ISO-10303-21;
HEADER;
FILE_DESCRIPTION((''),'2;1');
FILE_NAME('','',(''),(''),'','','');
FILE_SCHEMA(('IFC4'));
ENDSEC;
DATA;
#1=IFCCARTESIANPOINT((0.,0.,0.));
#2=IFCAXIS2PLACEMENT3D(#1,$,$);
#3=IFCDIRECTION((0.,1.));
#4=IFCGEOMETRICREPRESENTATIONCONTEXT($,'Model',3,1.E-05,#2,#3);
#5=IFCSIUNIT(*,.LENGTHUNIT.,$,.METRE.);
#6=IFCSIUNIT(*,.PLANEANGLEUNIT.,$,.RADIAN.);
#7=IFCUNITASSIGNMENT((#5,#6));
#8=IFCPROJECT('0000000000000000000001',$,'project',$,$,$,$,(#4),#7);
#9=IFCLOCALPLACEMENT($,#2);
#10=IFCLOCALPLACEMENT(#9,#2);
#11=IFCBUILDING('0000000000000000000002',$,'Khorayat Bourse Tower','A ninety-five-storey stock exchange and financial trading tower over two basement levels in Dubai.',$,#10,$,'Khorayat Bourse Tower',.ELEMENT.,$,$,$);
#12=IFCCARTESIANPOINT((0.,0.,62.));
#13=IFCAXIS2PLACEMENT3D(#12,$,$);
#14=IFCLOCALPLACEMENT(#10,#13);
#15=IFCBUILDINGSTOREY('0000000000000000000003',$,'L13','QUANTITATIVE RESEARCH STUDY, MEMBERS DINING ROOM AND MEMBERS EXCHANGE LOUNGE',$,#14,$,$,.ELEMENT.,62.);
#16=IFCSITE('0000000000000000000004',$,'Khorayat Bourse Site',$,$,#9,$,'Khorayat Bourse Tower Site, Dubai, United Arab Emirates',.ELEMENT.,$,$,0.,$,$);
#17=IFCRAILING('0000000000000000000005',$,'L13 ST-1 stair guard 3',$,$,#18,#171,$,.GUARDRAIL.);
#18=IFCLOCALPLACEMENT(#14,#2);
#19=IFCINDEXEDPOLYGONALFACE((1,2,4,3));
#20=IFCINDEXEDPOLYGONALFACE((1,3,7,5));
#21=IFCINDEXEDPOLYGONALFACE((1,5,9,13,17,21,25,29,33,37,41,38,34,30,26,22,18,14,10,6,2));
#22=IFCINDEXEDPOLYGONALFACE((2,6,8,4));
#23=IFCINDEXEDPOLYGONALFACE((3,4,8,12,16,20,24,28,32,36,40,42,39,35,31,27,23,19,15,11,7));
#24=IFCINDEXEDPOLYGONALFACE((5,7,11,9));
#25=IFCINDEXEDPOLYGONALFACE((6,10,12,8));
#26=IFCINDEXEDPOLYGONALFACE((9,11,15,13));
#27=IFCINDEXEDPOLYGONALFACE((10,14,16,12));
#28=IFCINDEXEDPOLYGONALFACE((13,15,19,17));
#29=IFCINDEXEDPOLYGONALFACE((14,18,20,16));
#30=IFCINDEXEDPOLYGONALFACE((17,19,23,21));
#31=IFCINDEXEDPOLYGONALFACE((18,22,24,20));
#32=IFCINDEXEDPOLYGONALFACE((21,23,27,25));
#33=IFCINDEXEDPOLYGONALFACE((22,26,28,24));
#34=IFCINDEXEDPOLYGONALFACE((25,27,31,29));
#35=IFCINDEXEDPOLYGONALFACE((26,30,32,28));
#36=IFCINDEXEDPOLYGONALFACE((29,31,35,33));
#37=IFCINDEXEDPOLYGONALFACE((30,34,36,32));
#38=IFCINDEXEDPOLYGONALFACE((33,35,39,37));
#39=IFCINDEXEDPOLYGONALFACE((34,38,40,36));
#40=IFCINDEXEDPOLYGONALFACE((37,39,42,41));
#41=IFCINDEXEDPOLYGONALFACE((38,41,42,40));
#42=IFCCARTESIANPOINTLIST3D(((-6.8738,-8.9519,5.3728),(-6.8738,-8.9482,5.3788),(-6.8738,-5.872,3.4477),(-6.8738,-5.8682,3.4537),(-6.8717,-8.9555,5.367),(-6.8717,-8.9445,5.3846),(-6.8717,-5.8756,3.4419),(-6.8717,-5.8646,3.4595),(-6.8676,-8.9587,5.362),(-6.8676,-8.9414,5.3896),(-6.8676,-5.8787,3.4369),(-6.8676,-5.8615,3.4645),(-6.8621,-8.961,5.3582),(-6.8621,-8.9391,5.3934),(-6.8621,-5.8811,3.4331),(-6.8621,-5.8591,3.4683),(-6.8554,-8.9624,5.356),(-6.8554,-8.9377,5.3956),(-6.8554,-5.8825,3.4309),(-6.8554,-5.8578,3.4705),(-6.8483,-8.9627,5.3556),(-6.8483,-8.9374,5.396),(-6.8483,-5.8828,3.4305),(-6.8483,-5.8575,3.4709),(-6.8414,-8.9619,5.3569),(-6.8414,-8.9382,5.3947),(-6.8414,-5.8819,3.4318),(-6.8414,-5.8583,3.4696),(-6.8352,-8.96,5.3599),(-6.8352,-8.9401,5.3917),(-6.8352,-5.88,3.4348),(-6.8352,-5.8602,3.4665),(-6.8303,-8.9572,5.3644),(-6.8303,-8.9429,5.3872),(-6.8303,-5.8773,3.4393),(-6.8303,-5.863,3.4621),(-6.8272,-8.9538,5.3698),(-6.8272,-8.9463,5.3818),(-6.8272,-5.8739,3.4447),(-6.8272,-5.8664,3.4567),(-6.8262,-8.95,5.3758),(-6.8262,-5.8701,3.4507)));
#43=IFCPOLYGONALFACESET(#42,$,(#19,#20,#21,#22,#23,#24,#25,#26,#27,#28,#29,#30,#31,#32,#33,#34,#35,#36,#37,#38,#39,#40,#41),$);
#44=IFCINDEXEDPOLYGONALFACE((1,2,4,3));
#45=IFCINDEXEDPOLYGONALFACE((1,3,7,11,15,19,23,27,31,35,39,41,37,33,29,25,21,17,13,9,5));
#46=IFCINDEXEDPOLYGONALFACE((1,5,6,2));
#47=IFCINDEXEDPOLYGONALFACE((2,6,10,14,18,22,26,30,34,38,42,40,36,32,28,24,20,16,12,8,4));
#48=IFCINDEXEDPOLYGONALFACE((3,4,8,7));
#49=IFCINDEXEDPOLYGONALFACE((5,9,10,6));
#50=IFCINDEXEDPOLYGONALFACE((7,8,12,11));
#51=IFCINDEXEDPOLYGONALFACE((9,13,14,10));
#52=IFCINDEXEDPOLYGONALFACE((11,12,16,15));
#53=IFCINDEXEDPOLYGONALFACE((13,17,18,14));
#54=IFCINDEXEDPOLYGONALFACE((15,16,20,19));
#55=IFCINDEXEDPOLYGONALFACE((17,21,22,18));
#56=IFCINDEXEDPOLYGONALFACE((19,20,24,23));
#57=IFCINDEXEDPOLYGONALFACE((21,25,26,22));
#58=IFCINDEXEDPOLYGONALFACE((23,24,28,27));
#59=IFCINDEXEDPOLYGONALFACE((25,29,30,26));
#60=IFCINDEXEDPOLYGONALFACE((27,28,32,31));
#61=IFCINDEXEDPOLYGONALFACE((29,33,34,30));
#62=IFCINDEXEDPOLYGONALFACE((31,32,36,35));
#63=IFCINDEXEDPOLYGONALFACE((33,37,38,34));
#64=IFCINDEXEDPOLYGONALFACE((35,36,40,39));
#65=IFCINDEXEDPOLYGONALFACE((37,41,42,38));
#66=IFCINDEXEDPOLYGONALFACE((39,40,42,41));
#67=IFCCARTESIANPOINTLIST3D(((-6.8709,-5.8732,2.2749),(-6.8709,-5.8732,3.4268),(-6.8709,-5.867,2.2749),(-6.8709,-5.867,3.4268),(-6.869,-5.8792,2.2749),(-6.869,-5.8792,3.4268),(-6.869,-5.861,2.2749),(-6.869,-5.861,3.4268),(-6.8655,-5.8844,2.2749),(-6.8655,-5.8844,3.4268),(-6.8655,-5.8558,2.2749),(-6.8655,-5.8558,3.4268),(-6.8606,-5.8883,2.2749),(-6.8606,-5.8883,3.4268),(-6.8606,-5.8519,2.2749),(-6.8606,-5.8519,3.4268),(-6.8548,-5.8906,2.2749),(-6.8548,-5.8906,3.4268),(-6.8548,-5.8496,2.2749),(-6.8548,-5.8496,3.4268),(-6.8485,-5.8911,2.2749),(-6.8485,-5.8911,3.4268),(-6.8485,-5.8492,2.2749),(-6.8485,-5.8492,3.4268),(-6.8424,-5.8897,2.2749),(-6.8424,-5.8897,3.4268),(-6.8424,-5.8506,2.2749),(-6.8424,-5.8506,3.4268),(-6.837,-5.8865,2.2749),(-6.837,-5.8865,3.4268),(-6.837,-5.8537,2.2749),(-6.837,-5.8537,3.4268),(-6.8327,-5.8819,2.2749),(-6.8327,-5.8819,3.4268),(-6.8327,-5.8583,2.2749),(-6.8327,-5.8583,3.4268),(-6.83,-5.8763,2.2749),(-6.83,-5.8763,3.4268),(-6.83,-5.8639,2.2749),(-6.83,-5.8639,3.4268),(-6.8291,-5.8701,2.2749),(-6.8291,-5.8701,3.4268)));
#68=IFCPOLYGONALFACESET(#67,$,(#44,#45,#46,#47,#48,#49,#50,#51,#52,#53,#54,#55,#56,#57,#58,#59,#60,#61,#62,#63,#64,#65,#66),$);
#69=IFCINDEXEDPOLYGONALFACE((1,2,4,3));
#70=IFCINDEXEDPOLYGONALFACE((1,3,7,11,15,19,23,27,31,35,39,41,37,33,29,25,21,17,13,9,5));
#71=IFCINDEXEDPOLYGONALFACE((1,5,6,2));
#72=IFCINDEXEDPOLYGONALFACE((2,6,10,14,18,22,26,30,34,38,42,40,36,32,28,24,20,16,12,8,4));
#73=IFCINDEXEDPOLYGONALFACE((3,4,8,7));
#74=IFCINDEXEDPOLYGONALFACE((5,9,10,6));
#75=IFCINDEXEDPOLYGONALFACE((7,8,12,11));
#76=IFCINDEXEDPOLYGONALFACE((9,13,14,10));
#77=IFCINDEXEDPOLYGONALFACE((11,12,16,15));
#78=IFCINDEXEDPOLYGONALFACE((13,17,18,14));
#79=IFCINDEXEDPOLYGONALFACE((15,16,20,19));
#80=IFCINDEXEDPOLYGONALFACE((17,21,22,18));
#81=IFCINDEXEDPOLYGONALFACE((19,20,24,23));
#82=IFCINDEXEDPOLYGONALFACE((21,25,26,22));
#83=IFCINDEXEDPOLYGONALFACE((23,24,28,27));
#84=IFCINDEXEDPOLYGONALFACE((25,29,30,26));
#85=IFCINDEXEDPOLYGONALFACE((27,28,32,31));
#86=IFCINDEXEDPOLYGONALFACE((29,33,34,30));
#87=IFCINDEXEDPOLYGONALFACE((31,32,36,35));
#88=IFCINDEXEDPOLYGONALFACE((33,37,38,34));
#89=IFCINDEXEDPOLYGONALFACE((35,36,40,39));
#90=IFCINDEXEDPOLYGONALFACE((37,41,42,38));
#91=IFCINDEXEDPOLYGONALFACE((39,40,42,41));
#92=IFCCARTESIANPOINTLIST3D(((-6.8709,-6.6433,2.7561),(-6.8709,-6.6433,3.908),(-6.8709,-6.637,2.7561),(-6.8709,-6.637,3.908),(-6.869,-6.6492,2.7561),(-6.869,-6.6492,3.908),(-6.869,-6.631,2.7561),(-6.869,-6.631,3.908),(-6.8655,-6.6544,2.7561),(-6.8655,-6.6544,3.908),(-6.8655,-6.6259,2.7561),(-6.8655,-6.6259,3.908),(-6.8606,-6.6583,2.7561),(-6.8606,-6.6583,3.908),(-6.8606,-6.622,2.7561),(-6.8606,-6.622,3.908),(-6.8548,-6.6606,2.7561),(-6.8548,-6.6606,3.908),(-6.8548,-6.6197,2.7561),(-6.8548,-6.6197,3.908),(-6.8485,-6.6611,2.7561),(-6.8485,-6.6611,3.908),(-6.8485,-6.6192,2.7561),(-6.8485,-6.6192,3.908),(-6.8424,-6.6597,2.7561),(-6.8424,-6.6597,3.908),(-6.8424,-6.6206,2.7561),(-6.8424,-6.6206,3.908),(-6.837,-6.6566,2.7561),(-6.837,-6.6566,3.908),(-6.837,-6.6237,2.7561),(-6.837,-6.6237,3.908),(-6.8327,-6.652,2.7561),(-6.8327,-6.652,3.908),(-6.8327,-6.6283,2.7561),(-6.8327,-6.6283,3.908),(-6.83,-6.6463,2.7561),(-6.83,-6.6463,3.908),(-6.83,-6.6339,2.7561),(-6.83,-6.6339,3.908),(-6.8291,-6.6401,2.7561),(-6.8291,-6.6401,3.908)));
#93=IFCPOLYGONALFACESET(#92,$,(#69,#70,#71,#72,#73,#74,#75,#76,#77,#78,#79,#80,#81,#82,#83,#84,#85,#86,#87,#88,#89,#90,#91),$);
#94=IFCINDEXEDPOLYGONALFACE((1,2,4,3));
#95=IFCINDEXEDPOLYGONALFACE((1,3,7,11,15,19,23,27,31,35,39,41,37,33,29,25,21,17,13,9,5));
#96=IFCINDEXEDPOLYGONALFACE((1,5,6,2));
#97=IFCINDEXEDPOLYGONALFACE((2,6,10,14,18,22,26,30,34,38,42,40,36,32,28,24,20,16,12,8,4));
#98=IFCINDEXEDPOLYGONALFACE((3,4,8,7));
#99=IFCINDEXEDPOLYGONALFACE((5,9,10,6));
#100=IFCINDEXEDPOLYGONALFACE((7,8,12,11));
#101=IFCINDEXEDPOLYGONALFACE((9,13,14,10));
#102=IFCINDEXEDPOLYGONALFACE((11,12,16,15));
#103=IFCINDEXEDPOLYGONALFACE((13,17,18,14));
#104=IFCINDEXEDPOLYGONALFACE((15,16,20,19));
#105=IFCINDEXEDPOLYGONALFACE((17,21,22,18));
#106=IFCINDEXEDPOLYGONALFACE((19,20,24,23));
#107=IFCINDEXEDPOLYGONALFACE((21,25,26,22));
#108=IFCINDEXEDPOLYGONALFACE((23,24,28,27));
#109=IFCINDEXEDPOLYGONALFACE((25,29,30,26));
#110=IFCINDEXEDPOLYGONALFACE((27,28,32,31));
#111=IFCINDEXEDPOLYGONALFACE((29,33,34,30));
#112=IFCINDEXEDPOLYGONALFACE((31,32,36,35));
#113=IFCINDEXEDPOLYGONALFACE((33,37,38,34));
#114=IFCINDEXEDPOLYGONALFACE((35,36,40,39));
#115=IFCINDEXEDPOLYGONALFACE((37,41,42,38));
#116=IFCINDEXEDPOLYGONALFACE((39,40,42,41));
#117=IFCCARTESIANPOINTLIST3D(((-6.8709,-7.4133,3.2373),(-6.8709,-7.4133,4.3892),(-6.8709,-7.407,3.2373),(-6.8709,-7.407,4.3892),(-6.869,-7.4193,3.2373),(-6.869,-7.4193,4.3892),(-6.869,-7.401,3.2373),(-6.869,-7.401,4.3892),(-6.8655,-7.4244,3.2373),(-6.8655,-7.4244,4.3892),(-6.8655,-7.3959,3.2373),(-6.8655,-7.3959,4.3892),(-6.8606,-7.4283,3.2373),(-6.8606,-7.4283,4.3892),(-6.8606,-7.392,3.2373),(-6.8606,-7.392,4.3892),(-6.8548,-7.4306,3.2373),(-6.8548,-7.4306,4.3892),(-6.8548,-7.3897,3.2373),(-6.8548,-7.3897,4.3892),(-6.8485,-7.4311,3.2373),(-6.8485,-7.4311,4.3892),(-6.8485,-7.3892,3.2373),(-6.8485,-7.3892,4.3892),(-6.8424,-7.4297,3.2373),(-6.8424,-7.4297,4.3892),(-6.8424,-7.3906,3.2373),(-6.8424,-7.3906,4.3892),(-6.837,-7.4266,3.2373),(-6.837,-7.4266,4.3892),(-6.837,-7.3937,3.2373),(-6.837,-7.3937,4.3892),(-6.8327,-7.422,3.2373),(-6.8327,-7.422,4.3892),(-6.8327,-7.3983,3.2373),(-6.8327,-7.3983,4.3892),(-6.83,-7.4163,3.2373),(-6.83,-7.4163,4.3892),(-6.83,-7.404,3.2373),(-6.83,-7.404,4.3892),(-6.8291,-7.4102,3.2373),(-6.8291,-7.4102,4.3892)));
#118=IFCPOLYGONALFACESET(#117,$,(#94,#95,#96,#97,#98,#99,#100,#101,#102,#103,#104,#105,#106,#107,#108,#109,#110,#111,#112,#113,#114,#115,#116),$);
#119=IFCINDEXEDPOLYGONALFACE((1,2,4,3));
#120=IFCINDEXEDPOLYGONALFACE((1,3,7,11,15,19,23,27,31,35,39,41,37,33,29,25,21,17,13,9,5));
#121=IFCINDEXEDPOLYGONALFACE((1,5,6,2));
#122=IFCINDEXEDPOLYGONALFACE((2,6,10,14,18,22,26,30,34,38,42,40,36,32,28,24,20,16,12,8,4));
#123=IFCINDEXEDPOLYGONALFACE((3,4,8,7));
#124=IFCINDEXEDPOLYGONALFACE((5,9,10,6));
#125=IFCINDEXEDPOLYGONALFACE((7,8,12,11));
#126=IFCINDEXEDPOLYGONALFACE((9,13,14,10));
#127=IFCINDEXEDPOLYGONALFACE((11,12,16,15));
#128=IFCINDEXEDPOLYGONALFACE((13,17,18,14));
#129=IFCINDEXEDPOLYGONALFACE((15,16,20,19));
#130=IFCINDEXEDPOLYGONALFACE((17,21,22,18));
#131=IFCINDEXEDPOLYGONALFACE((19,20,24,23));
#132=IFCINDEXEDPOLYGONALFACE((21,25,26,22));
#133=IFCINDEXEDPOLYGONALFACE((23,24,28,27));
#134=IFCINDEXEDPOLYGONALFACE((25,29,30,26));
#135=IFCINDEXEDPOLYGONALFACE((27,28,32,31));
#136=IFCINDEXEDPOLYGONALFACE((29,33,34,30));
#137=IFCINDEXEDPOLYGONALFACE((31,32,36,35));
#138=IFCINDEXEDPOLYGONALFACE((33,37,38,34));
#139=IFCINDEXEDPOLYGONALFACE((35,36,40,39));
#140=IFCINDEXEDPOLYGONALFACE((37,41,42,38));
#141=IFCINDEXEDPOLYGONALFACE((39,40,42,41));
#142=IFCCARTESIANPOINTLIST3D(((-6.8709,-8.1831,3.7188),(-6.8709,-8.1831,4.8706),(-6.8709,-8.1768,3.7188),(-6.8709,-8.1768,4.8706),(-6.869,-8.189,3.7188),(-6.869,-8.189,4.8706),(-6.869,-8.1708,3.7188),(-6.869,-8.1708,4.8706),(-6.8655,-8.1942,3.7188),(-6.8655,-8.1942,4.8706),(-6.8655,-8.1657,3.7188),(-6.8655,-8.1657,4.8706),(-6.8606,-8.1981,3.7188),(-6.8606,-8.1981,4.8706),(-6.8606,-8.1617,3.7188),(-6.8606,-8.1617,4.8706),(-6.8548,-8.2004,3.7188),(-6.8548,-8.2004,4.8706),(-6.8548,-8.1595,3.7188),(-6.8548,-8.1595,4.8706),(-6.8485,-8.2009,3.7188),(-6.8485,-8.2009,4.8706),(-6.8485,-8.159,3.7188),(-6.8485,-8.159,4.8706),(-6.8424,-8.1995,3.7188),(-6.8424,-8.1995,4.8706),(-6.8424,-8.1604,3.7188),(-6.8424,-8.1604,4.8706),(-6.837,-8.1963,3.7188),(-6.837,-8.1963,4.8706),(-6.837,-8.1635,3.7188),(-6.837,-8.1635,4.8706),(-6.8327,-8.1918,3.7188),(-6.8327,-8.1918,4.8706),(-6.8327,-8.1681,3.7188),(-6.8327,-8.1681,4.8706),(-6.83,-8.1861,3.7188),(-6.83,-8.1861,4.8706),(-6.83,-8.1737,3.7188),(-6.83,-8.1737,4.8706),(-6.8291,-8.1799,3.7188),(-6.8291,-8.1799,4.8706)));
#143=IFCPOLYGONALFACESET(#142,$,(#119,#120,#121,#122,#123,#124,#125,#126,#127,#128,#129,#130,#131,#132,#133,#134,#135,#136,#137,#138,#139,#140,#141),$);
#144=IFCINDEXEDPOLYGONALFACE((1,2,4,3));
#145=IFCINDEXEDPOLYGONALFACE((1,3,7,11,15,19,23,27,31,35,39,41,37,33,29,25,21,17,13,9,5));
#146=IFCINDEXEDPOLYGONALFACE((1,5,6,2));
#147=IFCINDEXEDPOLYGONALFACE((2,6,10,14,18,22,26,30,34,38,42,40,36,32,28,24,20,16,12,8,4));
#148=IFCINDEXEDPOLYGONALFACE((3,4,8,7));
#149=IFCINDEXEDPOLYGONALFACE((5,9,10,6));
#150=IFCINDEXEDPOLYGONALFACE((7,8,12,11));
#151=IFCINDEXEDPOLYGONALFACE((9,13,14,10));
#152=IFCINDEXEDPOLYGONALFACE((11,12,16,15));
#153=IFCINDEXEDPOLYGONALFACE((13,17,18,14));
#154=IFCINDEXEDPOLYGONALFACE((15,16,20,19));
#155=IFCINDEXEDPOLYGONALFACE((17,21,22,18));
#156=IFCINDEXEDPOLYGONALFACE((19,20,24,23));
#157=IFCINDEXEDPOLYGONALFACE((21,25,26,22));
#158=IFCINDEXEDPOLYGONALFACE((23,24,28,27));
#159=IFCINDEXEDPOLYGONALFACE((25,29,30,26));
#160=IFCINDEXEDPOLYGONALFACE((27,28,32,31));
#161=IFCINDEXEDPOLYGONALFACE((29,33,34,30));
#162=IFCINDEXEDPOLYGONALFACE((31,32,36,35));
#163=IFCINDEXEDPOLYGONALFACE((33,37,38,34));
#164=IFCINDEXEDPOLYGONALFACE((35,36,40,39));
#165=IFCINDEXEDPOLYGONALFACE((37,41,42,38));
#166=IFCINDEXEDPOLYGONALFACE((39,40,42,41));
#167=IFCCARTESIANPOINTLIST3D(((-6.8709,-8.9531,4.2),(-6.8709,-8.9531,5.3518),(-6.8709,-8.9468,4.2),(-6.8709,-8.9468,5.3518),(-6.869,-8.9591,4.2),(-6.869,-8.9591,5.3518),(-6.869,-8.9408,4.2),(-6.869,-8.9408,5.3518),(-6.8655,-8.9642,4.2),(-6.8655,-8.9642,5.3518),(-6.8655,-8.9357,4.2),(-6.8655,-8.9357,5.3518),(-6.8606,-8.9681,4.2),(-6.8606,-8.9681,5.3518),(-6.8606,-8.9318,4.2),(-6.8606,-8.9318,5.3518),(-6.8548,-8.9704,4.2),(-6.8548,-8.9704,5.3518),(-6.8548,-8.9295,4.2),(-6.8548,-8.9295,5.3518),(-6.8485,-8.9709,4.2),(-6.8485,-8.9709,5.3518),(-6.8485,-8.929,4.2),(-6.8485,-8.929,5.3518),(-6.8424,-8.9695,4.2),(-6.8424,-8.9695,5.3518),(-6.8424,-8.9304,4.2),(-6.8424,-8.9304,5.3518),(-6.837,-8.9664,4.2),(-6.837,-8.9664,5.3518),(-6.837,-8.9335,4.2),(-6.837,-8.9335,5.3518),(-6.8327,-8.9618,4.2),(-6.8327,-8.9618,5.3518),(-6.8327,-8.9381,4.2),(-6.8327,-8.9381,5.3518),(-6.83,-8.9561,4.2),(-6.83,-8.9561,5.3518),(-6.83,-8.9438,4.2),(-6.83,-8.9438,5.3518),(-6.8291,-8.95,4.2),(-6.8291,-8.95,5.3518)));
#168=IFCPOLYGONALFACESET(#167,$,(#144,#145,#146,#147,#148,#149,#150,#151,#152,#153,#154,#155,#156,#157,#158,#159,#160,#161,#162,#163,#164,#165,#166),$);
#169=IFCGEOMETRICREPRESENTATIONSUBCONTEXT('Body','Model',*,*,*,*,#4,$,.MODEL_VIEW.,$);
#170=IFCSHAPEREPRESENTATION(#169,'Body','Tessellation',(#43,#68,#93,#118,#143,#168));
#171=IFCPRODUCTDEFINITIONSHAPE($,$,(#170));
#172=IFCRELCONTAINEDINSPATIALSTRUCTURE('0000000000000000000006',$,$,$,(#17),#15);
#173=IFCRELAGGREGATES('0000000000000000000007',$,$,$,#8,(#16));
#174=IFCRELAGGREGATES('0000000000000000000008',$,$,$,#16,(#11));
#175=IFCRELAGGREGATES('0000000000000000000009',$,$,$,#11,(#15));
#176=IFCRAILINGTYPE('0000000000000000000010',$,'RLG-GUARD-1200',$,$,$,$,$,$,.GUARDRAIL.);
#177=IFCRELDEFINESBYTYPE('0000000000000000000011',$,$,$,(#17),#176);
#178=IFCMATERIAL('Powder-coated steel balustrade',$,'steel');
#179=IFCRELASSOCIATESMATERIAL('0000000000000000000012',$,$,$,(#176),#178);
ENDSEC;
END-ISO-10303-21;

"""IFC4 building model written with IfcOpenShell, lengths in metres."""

from ifc_helpers import new_model, si_unit, direction, frame, origin, origin_2d, place, context, subcontext, project, spatial, circle, extrude, source, transform, mapped, material, type_object, element, save


model = new_model("IFC4")

# Units and contexts
model_context = context("Model", 3, precision=1e-05, world=origin(), true_north=direction((0.0, 1.0)))
body_context = subcontext(model_context, "Body", "Model", "MODEL_VIEW")
ifc_project = project(units=[si_unit("LENGTHUNIT", "METRE"), si_unit("PLANEANGLEUNIT", "RADIAN")], contexts=[model_context])

# Site, building, storey
site_placement = place(None, origin())
site = spatial("IfcSite", under=ifc_project, at=site_placement, Name="Khorayat Bourse Site", LongName="Khorayat Bourse Tower Site, Dubai, United Arab Emirates", CompositionType="ELEMENT", RefElevation=0.0)
building_placement = place(site_placement, origin())
building = spatial("IfcBuilding", under=site, at=building_placement, Name="Khorayat Bourse Tower", Description="A ninety-five-storey stock exchange and financial trading tower over two basement levels in Dubai.", LongName="Khorayat Bourse Tower", CompositionType="ELEMENT")
storey_placement = place(building_placement, frame((0.0, 0.0, 62.0)))
storey = spatial("IfcBuildingStorey", under=building, at=storey_placement, Name="L13", Description="QUANTITATIVE RESEARCH STUDY, MEMBERS DINING ROOM AND MEMBERS EXCHANGE LOUNGE", CompositionType="ELEMENT", Elevation=62.0)

# Railing
ifc_material_1 = material(Name="Powder-coated steel balustrade", Category="steel")
railing_type_1 = type_object("IfcRailingType", Name="RLG-GUARD-1200", PredefinedType="GUARDRAIL", material=ifc_material_1)
shared_shape_1 = source(origin(), body_context, "Body", "SweptSolid", [
    extrude(circle(Radius=0.0239, at=origin_2d()), frame((0.0, 0.0, 1.1758), z_axis=(0.0, -0.847979, 0.530029), x_axis=(1.0, 0.0, 0.0)), (0.0, 0.0, 1.0), 3.6321),
    extrude(circle(Radius=0.021, at=origin_2d()), origin(), (0.0, 0.0, 1.0), 1.1519),
    extrude(circle(Radius=0.021, at=origin_2d()), frame((0.0, -0.77, 0.4812)), (0.0, 0.0, 1.0), 1.1519),
    extrude(circle(Radius=0.021, at=origin_2d()), frame((0.0, -1.54, 0.9624)), (0.0, 0.0, 1.0), 1.1519),
    extrude(circle(Radius=0.021, at=origin_2d()), frame((0.0, -2.3098, 1.4438)), (0.0, 0.0, 1.0), 1.1519),
    extrude(circle(Radius=0.021, at=origin_2d()), frame((0.0, -3.0798, 1.925)), (0.0, 0.0, 1.0), 1.1519),
])
railing_1_placement = place(storey_placement, frame((-6.8501, -5.8701, 2.2749)))
element("IfcRailing", 1, at=railing_1_placement, inside=storey, type_object=railing_type_1, Name="L13 ST-1 stair guard 3", PredefinedType="GUARDRAIL", context=body_context, shape_type="MappedRepresentation", body=[
    mapped(shared_shape_1, transform((0.0, 0.0, 0.0), scale=1.0)),
])

save(model, "model.ifc")
